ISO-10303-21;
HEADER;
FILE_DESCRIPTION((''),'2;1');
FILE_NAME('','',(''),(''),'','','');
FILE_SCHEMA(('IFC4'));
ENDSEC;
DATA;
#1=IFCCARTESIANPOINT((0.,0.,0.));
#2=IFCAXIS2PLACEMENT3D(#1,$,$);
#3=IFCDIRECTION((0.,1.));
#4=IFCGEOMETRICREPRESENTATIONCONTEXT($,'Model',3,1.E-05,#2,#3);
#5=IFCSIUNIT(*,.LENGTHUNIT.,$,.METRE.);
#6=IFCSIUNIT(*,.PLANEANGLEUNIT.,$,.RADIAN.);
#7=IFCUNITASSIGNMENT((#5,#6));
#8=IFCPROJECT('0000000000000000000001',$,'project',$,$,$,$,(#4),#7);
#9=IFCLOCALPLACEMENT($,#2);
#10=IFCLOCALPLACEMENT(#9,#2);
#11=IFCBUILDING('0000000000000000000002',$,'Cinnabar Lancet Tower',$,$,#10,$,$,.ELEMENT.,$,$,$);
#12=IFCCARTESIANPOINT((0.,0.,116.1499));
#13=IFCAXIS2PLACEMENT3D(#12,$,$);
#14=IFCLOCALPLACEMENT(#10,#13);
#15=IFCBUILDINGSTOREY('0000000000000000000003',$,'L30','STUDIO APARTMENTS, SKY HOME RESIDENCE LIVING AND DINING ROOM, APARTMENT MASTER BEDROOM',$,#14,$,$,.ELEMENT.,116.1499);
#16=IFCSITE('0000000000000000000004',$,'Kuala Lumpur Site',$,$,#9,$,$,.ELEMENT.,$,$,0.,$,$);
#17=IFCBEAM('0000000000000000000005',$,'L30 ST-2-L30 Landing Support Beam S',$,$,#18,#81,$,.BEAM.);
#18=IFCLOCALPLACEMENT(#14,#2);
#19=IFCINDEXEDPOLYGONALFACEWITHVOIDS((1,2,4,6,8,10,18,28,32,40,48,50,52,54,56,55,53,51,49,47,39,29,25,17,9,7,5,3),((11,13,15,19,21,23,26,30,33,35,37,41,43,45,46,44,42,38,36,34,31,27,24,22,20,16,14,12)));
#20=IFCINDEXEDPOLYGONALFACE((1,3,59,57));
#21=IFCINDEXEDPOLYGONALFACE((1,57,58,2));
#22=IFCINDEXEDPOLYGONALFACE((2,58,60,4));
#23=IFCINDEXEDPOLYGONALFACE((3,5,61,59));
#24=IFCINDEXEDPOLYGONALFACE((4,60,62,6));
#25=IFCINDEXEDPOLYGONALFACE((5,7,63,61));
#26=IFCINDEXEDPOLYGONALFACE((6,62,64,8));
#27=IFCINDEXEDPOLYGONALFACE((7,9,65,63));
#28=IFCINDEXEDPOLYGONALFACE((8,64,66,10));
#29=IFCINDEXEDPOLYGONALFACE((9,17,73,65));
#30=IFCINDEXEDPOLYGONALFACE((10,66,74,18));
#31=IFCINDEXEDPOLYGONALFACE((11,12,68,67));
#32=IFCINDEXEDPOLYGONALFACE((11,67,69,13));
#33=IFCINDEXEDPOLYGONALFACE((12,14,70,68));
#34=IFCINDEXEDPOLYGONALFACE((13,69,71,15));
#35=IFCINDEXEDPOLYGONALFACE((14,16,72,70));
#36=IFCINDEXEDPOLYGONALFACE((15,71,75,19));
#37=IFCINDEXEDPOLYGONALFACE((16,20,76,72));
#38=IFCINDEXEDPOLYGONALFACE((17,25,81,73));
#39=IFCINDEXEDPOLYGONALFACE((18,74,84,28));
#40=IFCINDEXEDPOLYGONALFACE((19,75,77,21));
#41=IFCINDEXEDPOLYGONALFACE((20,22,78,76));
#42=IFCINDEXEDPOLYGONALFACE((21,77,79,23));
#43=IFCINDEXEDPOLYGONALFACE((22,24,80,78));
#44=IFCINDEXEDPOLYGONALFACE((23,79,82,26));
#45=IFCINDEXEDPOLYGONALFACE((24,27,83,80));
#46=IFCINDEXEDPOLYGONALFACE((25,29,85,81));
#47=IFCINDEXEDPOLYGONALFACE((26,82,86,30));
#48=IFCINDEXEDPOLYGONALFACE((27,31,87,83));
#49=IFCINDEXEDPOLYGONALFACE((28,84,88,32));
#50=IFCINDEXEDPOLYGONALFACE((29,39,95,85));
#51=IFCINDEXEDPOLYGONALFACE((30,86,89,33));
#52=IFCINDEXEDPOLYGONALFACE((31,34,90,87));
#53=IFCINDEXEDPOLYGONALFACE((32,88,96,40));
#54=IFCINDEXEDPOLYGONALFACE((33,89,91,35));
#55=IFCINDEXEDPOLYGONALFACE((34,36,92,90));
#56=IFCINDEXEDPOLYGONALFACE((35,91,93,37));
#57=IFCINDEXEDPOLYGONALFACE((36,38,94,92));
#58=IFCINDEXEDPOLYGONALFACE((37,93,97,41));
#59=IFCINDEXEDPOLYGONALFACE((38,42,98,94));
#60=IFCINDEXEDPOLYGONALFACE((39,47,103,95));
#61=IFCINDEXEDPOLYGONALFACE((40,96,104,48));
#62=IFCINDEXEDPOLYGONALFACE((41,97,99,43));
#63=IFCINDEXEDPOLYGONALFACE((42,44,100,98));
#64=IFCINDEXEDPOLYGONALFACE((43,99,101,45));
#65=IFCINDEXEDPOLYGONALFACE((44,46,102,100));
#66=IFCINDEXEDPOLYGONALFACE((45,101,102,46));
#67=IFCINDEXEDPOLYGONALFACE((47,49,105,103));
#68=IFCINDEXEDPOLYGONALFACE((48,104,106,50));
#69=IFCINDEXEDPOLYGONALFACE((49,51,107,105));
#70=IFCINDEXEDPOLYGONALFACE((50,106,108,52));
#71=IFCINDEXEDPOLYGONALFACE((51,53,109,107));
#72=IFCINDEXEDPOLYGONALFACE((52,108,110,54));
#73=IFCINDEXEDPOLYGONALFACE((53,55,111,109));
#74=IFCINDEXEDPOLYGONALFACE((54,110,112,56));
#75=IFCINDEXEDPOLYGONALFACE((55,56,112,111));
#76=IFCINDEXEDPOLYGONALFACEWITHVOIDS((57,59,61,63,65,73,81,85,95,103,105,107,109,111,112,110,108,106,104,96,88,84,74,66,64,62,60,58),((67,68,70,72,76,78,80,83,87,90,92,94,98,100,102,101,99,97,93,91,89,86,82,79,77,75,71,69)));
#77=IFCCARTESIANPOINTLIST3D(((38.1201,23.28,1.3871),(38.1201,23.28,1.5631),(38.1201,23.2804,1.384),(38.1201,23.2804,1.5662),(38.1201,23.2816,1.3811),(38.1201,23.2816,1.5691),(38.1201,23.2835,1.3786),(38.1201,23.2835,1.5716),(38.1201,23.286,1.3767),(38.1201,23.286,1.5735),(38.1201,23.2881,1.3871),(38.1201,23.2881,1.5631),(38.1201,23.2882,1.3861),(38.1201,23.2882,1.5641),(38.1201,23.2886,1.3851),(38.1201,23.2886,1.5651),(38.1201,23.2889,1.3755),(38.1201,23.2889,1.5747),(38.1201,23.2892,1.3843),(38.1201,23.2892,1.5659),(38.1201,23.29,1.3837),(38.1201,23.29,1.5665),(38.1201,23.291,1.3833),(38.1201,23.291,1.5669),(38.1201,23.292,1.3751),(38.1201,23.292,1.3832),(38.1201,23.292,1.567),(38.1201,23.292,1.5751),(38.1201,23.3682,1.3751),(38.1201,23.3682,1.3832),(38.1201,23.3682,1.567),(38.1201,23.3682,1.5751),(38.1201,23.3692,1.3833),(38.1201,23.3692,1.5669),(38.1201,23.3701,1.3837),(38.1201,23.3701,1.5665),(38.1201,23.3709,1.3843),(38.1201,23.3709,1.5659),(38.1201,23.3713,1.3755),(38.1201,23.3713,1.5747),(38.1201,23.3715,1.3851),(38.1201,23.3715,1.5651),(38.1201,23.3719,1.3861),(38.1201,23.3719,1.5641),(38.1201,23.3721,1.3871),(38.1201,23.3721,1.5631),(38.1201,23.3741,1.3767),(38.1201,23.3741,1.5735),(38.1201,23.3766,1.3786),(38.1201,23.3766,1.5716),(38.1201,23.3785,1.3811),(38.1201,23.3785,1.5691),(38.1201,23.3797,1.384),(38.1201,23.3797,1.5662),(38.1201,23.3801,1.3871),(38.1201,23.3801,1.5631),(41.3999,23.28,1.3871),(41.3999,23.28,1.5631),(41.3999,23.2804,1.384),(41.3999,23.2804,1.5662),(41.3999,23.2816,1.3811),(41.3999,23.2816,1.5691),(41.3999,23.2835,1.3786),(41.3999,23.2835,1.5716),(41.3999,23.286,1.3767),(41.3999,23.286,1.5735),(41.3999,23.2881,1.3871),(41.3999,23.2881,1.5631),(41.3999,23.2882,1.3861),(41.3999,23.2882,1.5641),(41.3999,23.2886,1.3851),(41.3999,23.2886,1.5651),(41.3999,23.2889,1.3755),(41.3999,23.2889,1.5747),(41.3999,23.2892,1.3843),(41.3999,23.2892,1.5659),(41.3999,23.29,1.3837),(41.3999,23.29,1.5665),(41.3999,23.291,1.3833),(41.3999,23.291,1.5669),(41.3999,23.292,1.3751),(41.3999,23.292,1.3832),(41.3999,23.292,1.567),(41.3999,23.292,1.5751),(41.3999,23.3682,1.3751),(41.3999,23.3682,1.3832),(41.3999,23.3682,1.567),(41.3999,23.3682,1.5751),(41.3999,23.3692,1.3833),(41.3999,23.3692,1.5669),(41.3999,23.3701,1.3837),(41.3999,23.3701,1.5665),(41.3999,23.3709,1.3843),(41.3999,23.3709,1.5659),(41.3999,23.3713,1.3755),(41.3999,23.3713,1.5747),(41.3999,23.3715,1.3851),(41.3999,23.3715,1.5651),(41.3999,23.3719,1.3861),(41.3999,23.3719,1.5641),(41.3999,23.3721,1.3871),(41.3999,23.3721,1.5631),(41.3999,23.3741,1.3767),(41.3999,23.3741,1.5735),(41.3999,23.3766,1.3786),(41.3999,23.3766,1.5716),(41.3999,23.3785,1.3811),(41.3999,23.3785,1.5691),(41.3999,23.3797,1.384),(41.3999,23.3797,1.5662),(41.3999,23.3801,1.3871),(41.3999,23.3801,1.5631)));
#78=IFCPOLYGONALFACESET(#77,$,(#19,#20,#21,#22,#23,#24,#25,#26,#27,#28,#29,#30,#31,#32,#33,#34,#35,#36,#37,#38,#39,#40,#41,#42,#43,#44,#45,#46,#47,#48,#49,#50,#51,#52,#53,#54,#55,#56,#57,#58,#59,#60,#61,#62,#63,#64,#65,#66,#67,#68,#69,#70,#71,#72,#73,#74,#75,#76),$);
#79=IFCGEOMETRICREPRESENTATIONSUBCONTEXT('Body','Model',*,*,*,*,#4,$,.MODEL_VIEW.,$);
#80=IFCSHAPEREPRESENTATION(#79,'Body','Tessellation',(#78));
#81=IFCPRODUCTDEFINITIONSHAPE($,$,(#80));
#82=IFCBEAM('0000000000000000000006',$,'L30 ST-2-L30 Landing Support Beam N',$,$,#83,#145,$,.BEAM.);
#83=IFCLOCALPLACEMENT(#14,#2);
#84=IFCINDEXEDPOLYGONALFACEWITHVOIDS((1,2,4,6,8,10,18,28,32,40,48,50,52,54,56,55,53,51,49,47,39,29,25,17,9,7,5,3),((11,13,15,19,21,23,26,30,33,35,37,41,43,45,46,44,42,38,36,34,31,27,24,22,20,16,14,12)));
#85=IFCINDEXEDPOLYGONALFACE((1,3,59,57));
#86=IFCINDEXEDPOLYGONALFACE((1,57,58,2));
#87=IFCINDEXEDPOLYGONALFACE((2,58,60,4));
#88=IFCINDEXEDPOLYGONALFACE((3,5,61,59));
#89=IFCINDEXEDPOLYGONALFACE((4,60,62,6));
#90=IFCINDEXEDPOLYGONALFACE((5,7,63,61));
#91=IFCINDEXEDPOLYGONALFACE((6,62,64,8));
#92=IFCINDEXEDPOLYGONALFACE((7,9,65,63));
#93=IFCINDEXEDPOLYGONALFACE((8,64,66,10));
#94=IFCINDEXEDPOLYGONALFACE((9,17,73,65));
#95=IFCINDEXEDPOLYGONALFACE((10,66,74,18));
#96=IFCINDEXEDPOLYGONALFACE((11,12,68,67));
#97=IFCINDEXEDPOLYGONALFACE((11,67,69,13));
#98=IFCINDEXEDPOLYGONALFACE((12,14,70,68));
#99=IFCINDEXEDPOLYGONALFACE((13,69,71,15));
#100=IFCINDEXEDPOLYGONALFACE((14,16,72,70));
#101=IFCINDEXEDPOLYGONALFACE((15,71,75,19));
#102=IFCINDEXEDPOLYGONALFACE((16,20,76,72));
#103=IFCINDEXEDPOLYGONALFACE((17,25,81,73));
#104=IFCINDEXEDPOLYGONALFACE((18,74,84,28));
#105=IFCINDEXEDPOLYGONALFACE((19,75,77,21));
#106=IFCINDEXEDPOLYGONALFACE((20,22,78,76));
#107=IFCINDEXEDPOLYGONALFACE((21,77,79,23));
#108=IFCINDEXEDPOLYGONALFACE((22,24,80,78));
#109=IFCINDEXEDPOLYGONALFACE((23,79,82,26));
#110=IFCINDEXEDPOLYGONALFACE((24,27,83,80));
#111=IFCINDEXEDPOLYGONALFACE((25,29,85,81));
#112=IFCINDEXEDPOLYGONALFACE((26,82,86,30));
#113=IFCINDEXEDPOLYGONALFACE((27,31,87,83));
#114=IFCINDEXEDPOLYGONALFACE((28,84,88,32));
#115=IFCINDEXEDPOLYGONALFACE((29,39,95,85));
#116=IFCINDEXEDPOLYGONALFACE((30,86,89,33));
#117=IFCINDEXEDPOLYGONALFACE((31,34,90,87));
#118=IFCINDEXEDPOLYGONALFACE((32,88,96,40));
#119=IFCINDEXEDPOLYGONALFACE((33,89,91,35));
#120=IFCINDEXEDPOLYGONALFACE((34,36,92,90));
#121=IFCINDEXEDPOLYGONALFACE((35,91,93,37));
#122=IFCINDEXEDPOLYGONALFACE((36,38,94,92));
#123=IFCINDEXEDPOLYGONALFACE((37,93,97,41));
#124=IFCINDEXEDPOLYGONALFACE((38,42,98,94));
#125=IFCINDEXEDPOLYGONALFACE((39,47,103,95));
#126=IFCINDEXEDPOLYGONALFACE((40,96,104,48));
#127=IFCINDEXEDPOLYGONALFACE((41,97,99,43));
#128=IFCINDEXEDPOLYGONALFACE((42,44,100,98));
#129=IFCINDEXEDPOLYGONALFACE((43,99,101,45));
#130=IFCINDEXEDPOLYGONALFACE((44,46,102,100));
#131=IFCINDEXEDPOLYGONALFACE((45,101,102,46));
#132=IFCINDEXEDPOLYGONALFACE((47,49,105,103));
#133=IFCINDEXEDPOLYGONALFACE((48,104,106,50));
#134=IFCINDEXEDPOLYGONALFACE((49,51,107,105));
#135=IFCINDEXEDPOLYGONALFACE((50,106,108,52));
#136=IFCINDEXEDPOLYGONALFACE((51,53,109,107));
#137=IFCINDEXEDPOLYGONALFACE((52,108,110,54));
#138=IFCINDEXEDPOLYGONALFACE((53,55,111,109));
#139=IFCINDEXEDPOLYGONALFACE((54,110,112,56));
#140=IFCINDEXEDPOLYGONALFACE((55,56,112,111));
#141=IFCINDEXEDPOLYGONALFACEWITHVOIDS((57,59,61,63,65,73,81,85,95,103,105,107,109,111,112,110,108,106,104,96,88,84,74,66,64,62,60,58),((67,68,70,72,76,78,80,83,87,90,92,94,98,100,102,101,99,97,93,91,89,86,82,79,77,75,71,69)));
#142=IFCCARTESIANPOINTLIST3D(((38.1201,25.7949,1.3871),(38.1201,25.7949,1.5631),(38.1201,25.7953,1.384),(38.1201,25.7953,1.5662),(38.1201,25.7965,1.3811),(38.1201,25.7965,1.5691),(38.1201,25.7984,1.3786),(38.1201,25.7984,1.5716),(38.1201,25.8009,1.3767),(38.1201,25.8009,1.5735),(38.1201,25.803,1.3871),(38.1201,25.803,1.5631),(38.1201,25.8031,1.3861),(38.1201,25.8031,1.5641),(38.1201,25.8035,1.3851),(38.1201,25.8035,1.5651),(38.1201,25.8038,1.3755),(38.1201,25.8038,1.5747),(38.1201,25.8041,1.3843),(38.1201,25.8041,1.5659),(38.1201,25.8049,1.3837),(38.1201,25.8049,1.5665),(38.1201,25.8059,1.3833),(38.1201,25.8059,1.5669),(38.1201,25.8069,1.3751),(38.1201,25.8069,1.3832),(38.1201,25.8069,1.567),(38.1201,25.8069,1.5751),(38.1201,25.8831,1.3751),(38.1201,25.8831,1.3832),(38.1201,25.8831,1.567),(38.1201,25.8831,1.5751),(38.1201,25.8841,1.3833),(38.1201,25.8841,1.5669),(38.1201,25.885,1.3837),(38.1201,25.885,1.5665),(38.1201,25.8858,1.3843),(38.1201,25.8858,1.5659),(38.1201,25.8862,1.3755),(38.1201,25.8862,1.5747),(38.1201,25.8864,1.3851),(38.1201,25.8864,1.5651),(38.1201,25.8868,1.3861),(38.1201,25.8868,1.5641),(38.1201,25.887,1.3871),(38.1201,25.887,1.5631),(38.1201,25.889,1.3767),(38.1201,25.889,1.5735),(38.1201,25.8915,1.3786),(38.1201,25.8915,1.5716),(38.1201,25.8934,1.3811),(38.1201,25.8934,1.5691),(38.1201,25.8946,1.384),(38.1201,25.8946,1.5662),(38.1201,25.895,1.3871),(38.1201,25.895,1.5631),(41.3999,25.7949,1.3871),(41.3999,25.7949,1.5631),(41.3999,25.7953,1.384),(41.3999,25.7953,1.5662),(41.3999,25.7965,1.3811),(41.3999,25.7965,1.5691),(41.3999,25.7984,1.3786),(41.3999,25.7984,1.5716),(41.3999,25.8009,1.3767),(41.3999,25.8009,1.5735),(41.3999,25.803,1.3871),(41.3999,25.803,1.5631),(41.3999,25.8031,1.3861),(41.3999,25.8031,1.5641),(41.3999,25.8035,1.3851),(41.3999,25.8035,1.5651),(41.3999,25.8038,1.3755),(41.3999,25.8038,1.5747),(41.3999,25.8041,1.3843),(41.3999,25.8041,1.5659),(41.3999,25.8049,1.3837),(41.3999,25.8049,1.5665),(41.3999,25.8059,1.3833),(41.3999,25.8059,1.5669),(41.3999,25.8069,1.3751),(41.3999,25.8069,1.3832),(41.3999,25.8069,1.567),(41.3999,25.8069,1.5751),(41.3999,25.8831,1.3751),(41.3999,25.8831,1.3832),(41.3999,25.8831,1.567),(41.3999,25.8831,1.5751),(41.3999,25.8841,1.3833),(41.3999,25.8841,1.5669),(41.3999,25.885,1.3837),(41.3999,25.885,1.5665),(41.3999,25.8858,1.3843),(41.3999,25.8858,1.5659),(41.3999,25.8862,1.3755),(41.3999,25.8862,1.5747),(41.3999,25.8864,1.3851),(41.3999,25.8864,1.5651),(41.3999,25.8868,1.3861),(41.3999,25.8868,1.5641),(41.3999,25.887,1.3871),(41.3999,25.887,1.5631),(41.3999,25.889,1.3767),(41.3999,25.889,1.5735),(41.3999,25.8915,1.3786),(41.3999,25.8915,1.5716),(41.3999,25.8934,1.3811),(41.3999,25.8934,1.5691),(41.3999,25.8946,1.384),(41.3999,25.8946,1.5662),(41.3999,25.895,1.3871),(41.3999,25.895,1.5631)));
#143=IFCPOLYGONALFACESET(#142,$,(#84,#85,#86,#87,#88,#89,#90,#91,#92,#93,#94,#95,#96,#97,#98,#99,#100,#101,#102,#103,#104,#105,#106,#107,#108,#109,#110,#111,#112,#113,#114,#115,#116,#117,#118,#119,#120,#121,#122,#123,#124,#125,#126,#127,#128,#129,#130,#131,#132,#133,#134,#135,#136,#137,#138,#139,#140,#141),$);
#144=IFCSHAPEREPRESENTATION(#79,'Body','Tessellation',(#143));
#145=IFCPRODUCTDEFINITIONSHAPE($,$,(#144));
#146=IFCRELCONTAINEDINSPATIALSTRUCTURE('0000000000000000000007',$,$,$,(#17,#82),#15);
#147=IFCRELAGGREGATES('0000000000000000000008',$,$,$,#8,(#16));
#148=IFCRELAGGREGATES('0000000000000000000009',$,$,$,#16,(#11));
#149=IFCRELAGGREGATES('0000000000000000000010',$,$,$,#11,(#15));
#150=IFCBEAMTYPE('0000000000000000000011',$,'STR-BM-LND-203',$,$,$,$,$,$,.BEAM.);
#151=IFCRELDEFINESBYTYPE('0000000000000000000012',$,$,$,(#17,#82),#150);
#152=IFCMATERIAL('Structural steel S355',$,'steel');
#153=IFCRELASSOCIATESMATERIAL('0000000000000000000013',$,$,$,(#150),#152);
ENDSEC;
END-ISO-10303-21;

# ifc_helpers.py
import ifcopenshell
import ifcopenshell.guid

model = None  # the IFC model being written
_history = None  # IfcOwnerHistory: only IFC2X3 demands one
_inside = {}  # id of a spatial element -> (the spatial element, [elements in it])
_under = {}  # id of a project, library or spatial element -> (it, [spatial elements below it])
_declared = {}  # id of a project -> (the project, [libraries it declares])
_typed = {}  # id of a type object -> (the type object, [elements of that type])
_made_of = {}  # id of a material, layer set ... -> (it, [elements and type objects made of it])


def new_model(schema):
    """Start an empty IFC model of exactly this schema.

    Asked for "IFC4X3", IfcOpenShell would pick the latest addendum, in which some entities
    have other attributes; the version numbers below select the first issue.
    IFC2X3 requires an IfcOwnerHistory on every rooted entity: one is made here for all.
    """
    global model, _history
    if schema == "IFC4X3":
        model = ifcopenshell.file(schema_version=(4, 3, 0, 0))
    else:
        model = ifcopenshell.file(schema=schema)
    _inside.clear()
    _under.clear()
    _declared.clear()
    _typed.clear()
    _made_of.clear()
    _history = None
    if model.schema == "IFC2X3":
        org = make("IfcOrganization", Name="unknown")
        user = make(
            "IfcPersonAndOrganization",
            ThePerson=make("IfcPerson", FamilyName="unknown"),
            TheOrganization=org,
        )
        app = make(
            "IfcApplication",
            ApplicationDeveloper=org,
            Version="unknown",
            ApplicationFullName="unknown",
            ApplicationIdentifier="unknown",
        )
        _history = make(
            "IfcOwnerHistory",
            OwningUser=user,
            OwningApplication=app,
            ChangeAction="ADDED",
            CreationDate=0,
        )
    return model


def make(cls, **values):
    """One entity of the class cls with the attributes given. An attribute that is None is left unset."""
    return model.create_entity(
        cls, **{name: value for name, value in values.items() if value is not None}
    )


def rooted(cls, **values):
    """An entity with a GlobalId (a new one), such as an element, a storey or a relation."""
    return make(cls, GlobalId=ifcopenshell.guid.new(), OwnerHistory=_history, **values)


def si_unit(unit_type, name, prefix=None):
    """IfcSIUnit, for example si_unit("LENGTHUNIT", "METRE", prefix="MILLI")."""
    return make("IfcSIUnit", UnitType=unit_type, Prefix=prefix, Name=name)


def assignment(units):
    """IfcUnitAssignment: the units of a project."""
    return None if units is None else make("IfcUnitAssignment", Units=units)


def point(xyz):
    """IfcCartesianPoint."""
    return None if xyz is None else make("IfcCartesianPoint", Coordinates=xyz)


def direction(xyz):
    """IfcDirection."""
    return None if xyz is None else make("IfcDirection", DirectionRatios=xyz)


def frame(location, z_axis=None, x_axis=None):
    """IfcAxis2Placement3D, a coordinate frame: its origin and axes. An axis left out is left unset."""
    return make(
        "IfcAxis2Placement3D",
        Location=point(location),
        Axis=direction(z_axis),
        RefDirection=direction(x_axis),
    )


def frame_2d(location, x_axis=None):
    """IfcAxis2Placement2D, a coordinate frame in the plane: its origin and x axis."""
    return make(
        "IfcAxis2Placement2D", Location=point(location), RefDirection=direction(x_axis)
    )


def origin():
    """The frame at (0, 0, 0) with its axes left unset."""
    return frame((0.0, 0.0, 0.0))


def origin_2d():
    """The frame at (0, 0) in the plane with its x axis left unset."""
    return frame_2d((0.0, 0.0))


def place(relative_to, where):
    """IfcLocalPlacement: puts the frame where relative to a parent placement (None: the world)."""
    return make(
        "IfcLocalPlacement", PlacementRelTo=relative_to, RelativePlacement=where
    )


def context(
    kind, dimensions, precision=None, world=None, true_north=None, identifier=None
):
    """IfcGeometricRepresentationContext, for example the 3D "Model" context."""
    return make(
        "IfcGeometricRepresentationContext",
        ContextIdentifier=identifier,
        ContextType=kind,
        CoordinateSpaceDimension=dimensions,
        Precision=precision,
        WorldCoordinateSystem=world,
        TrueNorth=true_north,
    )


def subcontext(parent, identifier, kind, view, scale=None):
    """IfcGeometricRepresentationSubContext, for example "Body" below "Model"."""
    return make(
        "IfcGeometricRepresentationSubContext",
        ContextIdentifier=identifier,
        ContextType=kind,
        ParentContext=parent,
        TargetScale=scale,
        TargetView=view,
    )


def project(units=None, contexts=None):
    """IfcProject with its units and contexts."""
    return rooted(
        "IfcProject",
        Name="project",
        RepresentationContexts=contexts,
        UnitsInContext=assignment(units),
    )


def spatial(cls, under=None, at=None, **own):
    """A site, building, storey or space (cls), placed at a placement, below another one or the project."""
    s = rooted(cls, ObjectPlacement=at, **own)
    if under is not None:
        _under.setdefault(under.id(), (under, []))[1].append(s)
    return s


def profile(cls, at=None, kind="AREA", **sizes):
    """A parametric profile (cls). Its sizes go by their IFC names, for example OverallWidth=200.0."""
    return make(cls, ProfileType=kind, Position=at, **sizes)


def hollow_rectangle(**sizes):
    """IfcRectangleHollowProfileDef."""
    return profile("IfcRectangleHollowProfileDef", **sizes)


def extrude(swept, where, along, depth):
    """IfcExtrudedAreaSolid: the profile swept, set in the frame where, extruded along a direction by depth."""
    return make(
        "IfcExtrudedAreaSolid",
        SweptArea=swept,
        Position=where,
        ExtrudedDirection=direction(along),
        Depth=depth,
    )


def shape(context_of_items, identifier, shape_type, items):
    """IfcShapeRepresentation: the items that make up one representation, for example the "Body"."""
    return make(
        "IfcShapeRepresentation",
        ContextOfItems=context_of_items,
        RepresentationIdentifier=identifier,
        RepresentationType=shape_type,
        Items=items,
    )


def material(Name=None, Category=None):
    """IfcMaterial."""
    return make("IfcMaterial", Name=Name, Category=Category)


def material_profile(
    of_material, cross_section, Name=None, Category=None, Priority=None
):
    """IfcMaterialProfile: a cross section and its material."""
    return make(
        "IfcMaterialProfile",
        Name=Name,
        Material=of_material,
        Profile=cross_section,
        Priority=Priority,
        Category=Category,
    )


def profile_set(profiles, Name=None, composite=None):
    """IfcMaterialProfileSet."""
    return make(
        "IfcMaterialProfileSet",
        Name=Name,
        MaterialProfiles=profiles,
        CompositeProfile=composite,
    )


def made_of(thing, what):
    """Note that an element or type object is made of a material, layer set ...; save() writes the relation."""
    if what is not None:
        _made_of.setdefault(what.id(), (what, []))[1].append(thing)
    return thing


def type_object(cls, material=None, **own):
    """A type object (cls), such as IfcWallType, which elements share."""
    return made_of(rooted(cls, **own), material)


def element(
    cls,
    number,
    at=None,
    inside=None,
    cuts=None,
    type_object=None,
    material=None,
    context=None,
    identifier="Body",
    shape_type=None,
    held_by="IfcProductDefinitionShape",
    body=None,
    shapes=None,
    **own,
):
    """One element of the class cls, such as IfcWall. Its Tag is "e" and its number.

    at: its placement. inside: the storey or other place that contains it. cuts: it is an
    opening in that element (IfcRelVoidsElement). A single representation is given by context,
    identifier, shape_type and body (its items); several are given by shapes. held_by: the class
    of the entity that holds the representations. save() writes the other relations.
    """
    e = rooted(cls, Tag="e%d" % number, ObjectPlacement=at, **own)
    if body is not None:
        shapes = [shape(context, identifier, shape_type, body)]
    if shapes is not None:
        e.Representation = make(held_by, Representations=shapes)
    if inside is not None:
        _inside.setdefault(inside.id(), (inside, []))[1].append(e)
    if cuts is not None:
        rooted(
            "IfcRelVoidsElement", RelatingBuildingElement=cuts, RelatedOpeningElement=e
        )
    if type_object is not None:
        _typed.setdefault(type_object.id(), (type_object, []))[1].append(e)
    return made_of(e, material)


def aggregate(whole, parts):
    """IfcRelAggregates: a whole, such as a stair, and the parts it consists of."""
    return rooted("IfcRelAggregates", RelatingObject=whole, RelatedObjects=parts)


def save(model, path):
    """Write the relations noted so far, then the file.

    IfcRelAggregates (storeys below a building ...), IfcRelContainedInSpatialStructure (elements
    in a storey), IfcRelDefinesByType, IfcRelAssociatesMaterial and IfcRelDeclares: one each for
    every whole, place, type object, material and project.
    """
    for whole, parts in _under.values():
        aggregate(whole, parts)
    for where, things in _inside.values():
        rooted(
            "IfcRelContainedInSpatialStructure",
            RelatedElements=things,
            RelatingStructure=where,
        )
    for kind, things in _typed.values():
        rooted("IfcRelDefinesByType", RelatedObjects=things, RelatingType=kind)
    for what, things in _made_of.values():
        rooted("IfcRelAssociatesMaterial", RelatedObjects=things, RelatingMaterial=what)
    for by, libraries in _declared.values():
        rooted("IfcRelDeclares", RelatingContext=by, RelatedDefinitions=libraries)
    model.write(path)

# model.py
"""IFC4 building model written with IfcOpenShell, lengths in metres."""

from ifc_helpers import new_model, si_unit, direction, frame, origin, origin_2d, place, context, subcontext, project, spatial, hollow_rectangle, extrude, material, material_profile, profile_set, type_object, element, save


model = new_model("IFC4")

# Units and contexts
model_context = context("Model", 3, precision=1e-05, world=origin(), true_north=direction((0.0, 1.0)))
body_context = subcontext(model_context, "Body", "Model", "MODEL_VIEW")
ifc_project = project(units=[si_unit("LENGTHUNIT", "METRE"), si_unit("PLANEANGLEUNIT", "RADIAN")], contexts=[model_context])

# Site, building, storey
site_placement = place(None, origin())
site = spatial("IfcSite", under=ifc_project, at=site_placement, Name="Kuala Lumpur Site", CompositionType="ELEMENT", RefElevation=0.0)
building_placement = place(site_placement, origin())
building = spatial("IfcBuilding", under=site, at=building_placement, Name="Cinnabar Lancet Tower", CompositionType="ELEMENT")
storey_placement = place(building_placement, frame((0.0, 0.0, 116.1499)))
storey = spatial("IfcBuildingStorey", under=building, at=storey_placement, Name="L30", Description="STUDIO APARTMENTS, SKY HOME RESIDENCE LIVING AND DINING ROOM, APARTMENT MASTER BEDROOM", CompositionType="ELEMENT", Elevation=116.1499)

# Beams
ifc_material_1 = material(Name="Structural steel S355", Category="steel")
ifc_material_profile_1 = material_profile(ifc_material_1, hollow_rectangle(XDim=0.1001, YDim=0.2, WallThickness=0.0081, InnerFilletRadius=0.0039, OuterFilletRadius=0.012, at=origin_2d()), Name="RHS 200x100x8")
ifc_profile_set_1 = profile_set([ifc_material_profile_1], Name="Structural steel S355")
beam_type_1 = type_object("IfcBeamType", Name="STR-BM-LND-203", PredefinedType="BEAM", material=ifc_profile_set_1)
for number, where, z_axis, x_axis, name in (
    (1, (38.1201, 23.3301, 1.4751), (1.0, 0.0, 0.0), (0.0, 1.0, 0.0), "L30 ST-2-L30 Landing Support Beam S"),
    (2, (38.1201, 25.845, 1.4751), (1.0, 0.0, 0.0), (0.0, 1.0, 0.0), "L30 ST-2-L30 Landing Support Beam N"),
):
    element("IfcBeam", number, at=place(storey_placement, frame(where, z_axis=z_axis, x_axis=x_axis)), inside=storey, type_object=beam_type_1, Name=name, PredefinedType="BEAM", context=body_context, shape_type="SweptSolid", body=[
        extrude(hollow_rectangle(XDim=0.1001, YDim=0.2, WallThickness=0.0081, InnerFilletRadius=0.0039, OuterFilletRadius=0.012, at=origin_2d()), origin(), (0.0, 0.0, 1.0), 3.2798),
    ])

save(model, "model.ifc")
